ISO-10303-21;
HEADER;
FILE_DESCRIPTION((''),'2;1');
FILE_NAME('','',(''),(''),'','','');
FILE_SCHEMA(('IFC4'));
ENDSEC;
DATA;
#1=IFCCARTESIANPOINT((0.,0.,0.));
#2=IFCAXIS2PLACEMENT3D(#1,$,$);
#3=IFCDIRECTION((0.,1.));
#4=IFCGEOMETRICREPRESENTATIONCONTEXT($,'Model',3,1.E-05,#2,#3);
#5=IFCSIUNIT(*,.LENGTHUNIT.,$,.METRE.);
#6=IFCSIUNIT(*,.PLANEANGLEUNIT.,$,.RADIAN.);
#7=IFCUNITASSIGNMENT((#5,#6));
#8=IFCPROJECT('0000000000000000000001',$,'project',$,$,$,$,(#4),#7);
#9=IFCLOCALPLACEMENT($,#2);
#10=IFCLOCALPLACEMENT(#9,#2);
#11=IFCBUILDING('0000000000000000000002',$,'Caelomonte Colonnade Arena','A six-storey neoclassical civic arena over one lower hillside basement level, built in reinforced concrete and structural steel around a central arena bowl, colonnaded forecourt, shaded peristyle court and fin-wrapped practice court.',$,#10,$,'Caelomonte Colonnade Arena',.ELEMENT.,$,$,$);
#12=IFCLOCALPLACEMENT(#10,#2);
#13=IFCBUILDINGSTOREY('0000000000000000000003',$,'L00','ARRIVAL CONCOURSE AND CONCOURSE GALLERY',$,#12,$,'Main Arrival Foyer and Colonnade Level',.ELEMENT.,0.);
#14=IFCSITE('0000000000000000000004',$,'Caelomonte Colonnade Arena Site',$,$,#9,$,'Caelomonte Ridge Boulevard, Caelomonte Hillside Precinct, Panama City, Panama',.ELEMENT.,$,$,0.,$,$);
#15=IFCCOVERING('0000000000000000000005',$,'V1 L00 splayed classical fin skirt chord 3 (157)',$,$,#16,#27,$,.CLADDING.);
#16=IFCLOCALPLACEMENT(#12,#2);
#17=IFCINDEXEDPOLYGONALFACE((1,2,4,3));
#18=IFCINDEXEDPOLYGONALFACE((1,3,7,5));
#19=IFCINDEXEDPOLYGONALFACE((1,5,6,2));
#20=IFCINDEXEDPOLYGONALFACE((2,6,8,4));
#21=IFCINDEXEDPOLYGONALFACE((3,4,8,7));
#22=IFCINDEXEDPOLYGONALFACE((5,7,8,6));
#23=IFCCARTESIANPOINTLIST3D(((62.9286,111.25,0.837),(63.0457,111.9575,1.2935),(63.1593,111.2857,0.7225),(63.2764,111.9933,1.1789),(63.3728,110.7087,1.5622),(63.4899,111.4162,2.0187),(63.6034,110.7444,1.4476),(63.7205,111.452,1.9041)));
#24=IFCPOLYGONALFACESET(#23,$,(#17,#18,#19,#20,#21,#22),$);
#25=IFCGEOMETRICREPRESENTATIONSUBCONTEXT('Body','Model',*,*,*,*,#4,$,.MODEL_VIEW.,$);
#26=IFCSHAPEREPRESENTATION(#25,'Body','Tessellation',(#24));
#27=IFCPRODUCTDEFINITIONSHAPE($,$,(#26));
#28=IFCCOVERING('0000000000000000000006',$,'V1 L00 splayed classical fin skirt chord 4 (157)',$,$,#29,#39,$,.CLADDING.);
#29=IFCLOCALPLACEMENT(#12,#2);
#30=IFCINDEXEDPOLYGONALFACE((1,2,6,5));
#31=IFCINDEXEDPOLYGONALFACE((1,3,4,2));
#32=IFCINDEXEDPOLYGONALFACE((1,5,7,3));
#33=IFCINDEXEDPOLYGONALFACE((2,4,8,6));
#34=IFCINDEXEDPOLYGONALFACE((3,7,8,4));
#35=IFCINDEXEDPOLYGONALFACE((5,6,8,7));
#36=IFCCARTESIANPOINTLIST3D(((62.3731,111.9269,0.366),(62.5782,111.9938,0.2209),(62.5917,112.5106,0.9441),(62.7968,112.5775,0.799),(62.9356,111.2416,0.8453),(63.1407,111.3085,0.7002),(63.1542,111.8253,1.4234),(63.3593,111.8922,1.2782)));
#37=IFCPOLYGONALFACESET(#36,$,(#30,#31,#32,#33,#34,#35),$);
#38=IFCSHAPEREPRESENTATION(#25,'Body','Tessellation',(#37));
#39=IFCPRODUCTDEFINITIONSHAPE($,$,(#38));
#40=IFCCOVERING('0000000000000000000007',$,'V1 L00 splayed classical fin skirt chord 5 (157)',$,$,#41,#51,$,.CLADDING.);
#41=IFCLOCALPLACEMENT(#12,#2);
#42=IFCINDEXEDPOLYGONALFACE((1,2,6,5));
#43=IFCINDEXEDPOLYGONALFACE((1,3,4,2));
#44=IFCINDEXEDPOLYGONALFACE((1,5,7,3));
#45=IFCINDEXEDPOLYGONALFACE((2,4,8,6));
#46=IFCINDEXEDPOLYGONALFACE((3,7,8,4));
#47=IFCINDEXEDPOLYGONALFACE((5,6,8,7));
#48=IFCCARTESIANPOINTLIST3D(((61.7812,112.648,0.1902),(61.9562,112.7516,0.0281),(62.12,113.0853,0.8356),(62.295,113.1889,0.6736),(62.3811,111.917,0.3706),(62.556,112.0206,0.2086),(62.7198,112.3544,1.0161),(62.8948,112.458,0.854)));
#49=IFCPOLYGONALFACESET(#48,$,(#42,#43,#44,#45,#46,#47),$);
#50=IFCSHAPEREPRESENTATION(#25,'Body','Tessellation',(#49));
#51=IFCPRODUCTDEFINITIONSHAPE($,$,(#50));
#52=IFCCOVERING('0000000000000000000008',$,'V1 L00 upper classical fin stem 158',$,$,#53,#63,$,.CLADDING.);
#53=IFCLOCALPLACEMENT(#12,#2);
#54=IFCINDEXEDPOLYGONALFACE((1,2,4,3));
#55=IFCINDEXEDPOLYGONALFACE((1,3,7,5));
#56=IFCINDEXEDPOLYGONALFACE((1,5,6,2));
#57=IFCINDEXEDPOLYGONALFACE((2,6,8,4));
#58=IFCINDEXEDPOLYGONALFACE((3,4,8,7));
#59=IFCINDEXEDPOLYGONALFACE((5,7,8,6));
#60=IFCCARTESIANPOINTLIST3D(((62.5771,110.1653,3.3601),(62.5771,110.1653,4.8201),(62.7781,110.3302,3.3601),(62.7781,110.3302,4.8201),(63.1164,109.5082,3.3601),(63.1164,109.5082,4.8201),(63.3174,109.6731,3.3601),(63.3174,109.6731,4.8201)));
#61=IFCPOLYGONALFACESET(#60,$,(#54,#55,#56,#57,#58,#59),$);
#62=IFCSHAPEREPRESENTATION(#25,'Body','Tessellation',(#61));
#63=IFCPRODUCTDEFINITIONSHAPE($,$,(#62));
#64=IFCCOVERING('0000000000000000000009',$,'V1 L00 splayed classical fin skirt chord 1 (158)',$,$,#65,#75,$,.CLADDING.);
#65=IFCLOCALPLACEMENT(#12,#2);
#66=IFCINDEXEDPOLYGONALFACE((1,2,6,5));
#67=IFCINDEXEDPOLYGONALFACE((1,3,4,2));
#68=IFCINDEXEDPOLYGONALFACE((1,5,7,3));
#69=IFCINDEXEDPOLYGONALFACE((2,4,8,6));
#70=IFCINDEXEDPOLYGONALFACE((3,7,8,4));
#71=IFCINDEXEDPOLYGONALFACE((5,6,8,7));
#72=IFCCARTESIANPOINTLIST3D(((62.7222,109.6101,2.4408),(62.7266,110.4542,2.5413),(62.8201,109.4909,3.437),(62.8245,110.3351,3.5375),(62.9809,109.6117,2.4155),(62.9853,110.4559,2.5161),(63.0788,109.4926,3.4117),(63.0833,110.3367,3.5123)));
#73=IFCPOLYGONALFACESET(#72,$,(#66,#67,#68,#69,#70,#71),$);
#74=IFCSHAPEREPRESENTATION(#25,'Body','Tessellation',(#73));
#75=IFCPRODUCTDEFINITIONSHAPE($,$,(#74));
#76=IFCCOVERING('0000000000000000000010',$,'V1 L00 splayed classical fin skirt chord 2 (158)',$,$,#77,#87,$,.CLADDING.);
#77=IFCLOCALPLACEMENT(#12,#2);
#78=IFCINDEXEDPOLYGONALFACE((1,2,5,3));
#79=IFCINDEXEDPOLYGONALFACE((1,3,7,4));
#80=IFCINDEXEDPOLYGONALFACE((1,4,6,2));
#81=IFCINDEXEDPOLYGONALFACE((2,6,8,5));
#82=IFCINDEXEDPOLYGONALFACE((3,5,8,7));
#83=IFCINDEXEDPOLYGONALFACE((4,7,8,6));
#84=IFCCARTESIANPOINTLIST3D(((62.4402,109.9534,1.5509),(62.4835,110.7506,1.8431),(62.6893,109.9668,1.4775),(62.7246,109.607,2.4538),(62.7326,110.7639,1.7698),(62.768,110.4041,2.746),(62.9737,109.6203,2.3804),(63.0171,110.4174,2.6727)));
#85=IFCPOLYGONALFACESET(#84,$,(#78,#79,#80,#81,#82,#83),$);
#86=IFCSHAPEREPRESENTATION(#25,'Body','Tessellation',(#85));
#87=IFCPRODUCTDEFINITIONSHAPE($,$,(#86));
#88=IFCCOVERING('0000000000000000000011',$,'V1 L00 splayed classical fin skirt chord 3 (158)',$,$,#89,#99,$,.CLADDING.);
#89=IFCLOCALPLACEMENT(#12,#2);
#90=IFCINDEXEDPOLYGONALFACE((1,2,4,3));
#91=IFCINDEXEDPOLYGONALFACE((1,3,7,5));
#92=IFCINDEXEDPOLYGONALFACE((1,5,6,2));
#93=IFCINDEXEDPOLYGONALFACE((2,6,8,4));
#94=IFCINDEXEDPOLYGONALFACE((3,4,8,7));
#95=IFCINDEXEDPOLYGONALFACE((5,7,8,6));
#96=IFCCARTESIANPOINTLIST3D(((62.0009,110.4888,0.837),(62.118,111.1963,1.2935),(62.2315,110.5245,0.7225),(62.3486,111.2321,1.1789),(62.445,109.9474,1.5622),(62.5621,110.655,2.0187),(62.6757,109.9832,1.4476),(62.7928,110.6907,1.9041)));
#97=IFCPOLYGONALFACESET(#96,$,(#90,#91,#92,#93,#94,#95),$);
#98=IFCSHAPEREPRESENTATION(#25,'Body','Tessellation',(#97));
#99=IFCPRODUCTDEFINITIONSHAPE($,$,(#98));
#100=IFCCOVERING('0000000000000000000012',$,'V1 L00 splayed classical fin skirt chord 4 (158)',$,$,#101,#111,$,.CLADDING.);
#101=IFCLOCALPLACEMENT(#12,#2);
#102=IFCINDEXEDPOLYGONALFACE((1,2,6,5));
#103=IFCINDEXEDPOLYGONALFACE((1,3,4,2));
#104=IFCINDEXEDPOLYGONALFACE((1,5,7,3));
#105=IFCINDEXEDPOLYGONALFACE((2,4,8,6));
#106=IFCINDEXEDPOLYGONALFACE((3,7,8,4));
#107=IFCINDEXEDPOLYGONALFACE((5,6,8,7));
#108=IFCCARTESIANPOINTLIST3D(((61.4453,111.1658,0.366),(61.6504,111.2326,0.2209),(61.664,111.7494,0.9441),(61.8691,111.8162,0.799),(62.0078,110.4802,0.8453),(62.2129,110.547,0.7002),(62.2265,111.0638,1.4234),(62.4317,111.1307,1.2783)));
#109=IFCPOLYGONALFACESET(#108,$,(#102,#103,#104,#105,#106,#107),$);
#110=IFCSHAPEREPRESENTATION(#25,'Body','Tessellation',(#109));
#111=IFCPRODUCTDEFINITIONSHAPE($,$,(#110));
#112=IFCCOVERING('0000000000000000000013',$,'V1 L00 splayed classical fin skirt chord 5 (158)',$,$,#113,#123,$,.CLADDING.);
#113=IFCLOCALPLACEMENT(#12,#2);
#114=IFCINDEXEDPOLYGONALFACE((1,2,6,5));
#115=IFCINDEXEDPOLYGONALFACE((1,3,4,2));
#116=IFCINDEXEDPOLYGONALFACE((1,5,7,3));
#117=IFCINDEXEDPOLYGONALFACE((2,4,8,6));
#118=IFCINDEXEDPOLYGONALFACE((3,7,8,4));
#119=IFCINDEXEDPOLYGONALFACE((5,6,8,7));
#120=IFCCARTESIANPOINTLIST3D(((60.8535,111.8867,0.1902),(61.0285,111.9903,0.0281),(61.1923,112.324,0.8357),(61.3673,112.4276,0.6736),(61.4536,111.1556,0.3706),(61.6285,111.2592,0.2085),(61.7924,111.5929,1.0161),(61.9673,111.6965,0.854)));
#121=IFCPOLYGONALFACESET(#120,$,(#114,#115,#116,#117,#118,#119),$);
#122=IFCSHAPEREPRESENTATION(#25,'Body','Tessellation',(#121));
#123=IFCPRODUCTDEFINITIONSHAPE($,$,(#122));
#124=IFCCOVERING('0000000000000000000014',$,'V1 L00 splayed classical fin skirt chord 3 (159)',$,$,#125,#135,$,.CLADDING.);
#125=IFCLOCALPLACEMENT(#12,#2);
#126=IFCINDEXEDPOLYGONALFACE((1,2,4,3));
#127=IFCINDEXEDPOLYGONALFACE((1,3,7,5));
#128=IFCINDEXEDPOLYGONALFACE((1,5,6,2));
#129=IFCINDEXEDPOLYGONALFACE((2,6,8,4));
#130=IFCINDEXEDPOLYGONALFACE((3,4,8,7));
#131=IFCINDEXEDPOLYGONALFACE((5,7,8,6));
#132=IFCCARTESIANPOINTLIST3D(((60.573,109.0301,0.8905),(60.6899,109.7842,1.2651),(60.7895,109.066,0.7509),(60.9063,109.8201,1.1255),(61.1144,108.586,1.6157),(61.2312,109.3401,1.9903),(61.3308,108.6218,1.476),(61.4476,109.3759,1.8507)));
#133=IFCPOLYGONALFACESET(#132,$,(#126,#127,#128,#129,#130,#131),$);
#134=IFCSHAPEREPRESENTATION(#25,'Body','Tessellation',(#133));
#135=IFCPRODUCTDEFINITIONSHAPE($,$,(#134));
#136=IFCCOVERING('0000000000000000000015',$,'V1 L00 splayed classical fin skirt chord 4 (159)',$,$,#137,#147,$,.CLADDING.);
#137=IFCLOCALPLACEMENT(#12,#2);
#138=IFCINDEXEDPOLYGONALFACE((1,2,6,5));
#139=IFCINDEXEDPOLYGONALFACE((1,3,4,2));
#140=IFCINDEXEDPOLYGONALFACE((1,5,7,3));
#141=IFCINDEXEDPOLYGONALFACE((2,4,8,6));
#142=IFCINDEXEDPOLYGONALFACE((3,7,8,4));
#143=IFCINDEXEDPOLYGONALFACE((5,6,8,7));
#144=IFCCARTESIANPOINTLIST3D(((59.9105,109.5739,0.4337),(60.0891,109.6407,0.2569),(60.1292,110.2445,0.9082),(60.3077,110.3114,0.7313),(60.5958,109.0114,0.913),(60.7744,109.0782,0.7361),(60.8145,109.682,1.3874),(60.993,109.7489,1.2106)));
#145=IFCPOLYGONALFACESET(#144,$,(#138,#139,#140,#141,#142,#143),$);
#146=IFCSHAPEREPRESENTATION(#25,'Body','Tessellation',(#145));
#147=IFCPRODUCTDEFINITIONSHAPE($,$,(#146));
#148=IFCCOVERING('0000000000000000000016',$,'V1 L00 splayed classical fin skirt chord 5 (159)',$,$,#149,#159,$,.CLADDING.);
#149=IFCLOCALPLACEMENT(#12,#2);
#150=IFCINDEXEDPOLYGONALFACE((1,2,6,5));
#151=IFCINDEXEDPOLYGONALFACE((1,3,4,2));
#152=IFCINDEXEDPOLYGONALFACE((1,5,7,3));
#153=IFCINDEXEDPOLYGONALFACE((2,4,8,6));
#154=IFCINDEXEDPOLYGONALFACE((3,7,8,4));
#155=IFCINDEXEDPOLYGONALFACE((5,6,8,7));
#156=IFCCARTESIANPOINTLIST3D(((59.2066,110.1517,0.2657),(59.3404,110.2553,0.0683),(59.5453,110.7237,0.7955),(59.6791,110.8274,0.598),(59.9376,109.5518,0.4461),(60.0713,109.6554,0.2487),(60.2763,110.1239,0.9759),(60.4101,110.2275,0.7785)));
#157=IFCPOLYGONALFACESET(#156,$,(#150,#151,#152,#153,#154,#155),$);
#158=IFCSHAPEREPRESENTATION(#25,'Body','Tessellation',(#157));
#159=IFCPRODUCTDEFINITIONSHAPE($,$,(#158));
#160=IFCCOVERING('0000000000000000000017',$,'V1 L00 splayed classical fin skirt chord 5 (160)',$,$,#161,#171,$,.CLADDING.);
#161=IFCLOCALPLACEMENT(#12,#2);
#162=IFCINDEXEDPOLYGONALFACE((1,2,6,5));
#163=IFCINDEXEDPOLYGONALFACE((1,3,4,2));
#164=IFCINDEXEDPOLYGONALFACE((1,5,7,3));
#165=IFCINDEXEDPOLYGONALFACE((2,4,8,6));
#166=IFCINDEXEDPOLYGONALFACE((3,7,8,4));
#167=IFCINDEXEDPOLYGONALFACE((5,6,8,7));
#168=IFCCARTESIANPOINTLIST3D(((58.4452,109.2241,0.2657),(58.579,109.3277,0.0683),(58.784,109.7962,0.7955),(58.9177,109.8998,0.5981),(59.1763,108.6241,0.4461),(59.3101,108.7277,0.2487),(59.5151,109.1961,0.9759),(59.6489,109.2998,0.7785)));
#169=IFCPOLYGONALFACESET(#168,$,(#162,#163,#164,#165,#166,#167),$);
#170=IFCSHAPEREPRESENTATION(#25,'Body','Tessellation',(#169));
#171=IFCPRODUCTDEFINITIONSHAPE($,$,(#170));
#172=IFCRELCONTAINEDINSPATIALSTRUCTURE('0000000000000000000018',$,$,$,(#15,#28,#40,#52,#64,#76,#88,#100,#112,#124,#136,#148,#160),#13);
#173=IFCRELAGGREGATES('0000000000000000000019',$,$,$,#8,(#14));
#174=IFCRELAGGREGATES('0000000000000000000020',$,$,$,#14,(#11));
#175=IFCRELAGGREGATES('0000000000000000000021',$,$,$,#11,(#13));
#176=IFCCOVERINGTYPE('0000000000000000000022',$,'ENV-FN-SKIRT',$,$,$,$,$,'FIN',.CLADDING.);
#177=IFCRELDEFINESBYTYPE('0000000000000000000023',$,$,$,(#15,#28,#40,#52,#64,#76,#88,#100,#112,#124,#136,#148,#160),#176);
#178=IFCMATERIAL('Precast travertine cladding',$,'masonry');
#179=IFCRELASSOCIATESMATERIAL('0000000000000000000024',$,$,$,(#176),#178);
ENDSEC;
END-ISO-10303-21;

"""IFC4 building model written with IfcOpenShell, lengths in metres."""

from ifc_helpers import new_model, si_unit, direction, frame, origin, origin_2d, place, context, subcontext, project, spatial, rectangle, extrude, material, material_profile, profile_set, type_object, element, save


model = new_model("IFC4")

# Units and contexts
model_context = context("Model", 3, precision=1e-05, world=origin(), true_north=direction((0.0, 1.0)))
body_context = subcontext(model_context, "Body", "Model", "MODEL_VIEW")
ifc_project = project(units=[si_unit("LENGTHUNIT", "METRE"), si_unit("PLANEANGLEUNIT", "RADIAN")], contexts=[model_context])

# Site, building, storey
site_placement = place(None, origin())
site = spatial("IfcSite", under=ifc_project, at=site_placement, Name="Caelomonte Colonnade Arena Site", LongName="Caelomonte Ridge Boulevard, Caelomonte Hillside Precinct, Panama City, Panama", CompositionType="ELEMENT", RefElevation=0.0)
building_placement = place(site_placement, origin())
building = spatial("IfcBuilding", under=site, at=building_placement, Name="Caelomonte Colonnade Arena", Description="A six-storey neoclassical civic arena over one lower hillside basement level, built in reinforced concrete and structural steel around a central arena bowl, colonnaded forecourt, shaded peristyle court and fin-wrapped practice court.", LongName="Caelomonte Colonnade Arena", CompositionType="ELEMENT")
storey_placement = place(building_placement, origin())
storey = spatial("IfcBuildingStorey", under=building, at=storey_placement, Name="L00", Description="ARRIVAL CONCOURSE AND CONCOURSE GALLERY", LongName="Main Arrival Foyer and Colonnade Level", CompositionType="ELEMENT", Elevation=0.0)

# Coverings
ifc_material_1 = material(Name="Precast travertine cladding", Category="masonry")
ifc_material_profile_1 = material_profile(ifc_material_1, rectangle(XDim=0.26, YDim=0.8501, at=origin_2d()), Name="FIN260X850")
ifc_profile_set_1 = profile_set([ifc_material_profile_1], Name="Precast travertine cladding")
covering_type = type_object("IfcCoveringType", Name="ENV-FN-SKIRT", ElementType="FIN", PredefinedType="CLADDING", material=ifc_profile_set_1)
for number, where, z_axis, x_axis, name in (
    (1, (63.5466, 111.0803, 1.7332), (-0.440593, 0.536995, -0.719385), (-0.887078, -0.137484, 0.440671), "V1 L00 splayed classical fin skirt chord 3 (157)"),
):
    element("IfcCovering", number, at=place(storey_placement, frame(where, z_axis=z_axis, x_axis=x_axis)), inside=storey, type_object=covering_type, Name=name, PredefinedType="CLADDING", context=body_context, shape_type="SweptSolid", body=[
        extrude(rectangle(XDim=0.26, YDim=0.8501, at=origin_2d()), origin(), (0.0, 0.0, 1.0), 1.0081),
    ])
covering_1_placement = place(storey_placement, frame((63.1475, 111.5669, 1.0618), z_axis=(-0.558129, 0.679977, -0.475524), x_axis=(-0.788896, -0.257241, 0.558095)))
element("IfcCovering", 2, at=covering_1_placement, inside=storey, type_object=covering_type, Name="V1 L00 splayed classical fin skirt chord 4 (157)", PredefinedType="CLADDING", context=body_context, shape_type="SweptSolid", body=[
    extrude(rectangle(XDim=0.26, YDim=0.8501, at=origin_2d()), origin(), (0.0, 0.0, 1.0), 1.0078),
])
covering_2_placement = place(storey_placement, frame((62.6379, 112.1875, 0.6123), z_axis=(-0.623134, 0.759326, -0.187422), x_axis=(-0.672973, -0.398454, 0.623171)))
element("IfcCovering", 3, at=covering_2_placement, inside=storey, type_object=covering_type, Name="V1 L00 splayed classical fin skirt chord 5 (157)", PredefinedType="CLADDING", context=body_context, shape_type="SweptSolid", body=[
    extrude(rectangle(XDim=0.26, YDim=0.8501, at=origin_2d()), origin(), (0.0, 0.0, 1.0), 0.9626),
])
covering_3_placement = place(storey_placement, frame((62.9473, 109.9192, 3.3601), z_axis=(0.0, 0.0, 1.0), x_axis=(0.772994, 0.634414, 0.0)))
element("IfcCovering", 4, at=covering_3_placement, inside=storey, type_object=covering_type, Name="V1 L00 upper classical fin stem 158", PredefinedType="CLADDING", context=body_context, shape_type="SweptSolid", body=[
    extrude(rectangle(XDim=0.26, YDim=0.8501, at=origin_2d()), origin(), (0.0, 0.0, 1.0), 1.46),
])
for number, where, z_axis, x_axis, name in (
    (5, (62.9517, 109.9138, 3.4746), (-0.097127, 0.1182, -0.988228), (-0.995258, -0.006366, 0.097057), "V1 L00 splayed classical fin skirt chord 1 (158)"),
    (6, (62.8708, 110.0122, 2.5632), (-0.282173, 0.343693, -0.895686), (-0.958007, -0.051315, 0.282115), "V1 L00 splayed classical fin skirt chord 2 (158)"),
    (7, (62.6189, 110.3191, 1.7332), (-0.440593, 0.536995, -0.719385), (-0.887078, -0.137484, 0.440671), "V1 L00 splayed classical fin skirt chord 3 (158)"),
    (8, (62.2197, 110.8054, 1.0618), (-0.558037, 0.680108, -0.475446), (-0.788909, -0.257141, 0.558122), "V1 L00 splayed classical fin skirt chord 4 (158)"),
):
    element("IfcCovering", number, at=place(storey_placement, frame(where, z_axis=z_axis, x_axis=x_axis)), inside=storey, type_object=covering_type, Name=name, PredefinedType="CLADDING", context=body_context, shape_type="SweptSolid", body=[
        extrude(rectangle(XDim=0.26, YDim=0.8501, at=origin_2d()), origin(), (0.0, 0.0, 1.0), 1.0081),
    ])
covering_4_placement = place(storey_placement, frame((61.7104, 111.426, 0.6123), z_axis=(-0.62317, 0.759314, -0.187357), x_axis=(-0.672932, -0.39851, 0.623179)))
element("IfcCovering", 9, at=covering_4_placement, inside=storey, type_object=covering_type, Name="V1 L00 splayed classical fin skirt chord 5 (158)", PredefinedType="CLADDING", context=body_context, shape_type="SweptSolid", body=[
    extrude(rectangle(XDim=0.26, YDim=0.8501, at=origin_2d()), origin(), (0.0, 0.0, 1.0), 0.9629),
])
covering_5_placement = place(storey_placement, frame((61.281, 108.981, 1.7332), z_axis=(-0.536995, 0.440593, -0.719385), x_axis=(-0.832307, -0.137735, 0.536931)))
element("IfcCovering", 10, at=covering_5_placement, inside=storey, type_object=covering_type, Name="V1 L00 splayed classical fin skirt chord 3 (159)", PredefinedType="CLADDING", context=body_context, shape_type="SweptSolid", body=[
    extrude(rectangle(XDim=0.26, YDim=0.8501, at=origin_2d()), origin(), (0.0, 0.0, 1.0), 1.0081),
])
covering_6_placement = place(storey_placement, frame((60.7944, 109.3801, 1.0618), z_axis=(-0.679977, 0.558129, -0.475524), x_axis=(-0.686628, -0.257168, 0.680005)))
element("IfcCovering", 11, at=covering_6_placement, inside=storey, type_object=covering_type, Name="V1 L00 splayed classical fin skirt chord 4 (159)", PredefinedType="CLADDING", context=body_context, shape_type="SweptSolid", body=[
    extrude(rectangle(XDim=0.26, YDim=0.8501, at=origin_2d()), origin(), (0.0, 0.0, 1.0), 1.0078),
])
covering_7_placement = place(storey_placement, frame((60.1738, 109.8896, 0.6123), z_axis=(-0.759326, 0.623134, -0.187422), x_axis=(-0.51445, -0.398511, 0.759296)))
element("IfcCovering", 12, at=covering_7_placement, inside=storey, type_object=covering_type, Name="V1 L00 splayed classical fin skirt chord 5 (159)", PredefinedType="CLADDING", context=body_context, shape_type="SweptSolid", body=[
    extrude(rectangle(XDim=0.26, YDim=0.8501, at=origin_2d()), origin(), (0.0, 0.0, 1.0), 0.9626),
])
covering_8_placement = place(storey_placement, frame((59.4126, 108.9619, 0.6123), z_axis=(-0.759314, 0.62317, -0.187357), x_axis=(-0.514425, -0.398525, 0.759306)))
element("IfcCovering", 13, at=covering_8_placement, inside=storey, type_object=covering_type, Name="V1 L00 splayed classical fin skirt chord 5 (160)", PredefinedType="CLADDING", context=body_context, shape_type="SweptSolid", body=[
    extrude(rectangle(XDim=0.26, YDim=0.8501, at=origin_2d()), origin(), (0.0, 0.0, 1.0), 0.9629),
])

save(model, "model.ifc")
